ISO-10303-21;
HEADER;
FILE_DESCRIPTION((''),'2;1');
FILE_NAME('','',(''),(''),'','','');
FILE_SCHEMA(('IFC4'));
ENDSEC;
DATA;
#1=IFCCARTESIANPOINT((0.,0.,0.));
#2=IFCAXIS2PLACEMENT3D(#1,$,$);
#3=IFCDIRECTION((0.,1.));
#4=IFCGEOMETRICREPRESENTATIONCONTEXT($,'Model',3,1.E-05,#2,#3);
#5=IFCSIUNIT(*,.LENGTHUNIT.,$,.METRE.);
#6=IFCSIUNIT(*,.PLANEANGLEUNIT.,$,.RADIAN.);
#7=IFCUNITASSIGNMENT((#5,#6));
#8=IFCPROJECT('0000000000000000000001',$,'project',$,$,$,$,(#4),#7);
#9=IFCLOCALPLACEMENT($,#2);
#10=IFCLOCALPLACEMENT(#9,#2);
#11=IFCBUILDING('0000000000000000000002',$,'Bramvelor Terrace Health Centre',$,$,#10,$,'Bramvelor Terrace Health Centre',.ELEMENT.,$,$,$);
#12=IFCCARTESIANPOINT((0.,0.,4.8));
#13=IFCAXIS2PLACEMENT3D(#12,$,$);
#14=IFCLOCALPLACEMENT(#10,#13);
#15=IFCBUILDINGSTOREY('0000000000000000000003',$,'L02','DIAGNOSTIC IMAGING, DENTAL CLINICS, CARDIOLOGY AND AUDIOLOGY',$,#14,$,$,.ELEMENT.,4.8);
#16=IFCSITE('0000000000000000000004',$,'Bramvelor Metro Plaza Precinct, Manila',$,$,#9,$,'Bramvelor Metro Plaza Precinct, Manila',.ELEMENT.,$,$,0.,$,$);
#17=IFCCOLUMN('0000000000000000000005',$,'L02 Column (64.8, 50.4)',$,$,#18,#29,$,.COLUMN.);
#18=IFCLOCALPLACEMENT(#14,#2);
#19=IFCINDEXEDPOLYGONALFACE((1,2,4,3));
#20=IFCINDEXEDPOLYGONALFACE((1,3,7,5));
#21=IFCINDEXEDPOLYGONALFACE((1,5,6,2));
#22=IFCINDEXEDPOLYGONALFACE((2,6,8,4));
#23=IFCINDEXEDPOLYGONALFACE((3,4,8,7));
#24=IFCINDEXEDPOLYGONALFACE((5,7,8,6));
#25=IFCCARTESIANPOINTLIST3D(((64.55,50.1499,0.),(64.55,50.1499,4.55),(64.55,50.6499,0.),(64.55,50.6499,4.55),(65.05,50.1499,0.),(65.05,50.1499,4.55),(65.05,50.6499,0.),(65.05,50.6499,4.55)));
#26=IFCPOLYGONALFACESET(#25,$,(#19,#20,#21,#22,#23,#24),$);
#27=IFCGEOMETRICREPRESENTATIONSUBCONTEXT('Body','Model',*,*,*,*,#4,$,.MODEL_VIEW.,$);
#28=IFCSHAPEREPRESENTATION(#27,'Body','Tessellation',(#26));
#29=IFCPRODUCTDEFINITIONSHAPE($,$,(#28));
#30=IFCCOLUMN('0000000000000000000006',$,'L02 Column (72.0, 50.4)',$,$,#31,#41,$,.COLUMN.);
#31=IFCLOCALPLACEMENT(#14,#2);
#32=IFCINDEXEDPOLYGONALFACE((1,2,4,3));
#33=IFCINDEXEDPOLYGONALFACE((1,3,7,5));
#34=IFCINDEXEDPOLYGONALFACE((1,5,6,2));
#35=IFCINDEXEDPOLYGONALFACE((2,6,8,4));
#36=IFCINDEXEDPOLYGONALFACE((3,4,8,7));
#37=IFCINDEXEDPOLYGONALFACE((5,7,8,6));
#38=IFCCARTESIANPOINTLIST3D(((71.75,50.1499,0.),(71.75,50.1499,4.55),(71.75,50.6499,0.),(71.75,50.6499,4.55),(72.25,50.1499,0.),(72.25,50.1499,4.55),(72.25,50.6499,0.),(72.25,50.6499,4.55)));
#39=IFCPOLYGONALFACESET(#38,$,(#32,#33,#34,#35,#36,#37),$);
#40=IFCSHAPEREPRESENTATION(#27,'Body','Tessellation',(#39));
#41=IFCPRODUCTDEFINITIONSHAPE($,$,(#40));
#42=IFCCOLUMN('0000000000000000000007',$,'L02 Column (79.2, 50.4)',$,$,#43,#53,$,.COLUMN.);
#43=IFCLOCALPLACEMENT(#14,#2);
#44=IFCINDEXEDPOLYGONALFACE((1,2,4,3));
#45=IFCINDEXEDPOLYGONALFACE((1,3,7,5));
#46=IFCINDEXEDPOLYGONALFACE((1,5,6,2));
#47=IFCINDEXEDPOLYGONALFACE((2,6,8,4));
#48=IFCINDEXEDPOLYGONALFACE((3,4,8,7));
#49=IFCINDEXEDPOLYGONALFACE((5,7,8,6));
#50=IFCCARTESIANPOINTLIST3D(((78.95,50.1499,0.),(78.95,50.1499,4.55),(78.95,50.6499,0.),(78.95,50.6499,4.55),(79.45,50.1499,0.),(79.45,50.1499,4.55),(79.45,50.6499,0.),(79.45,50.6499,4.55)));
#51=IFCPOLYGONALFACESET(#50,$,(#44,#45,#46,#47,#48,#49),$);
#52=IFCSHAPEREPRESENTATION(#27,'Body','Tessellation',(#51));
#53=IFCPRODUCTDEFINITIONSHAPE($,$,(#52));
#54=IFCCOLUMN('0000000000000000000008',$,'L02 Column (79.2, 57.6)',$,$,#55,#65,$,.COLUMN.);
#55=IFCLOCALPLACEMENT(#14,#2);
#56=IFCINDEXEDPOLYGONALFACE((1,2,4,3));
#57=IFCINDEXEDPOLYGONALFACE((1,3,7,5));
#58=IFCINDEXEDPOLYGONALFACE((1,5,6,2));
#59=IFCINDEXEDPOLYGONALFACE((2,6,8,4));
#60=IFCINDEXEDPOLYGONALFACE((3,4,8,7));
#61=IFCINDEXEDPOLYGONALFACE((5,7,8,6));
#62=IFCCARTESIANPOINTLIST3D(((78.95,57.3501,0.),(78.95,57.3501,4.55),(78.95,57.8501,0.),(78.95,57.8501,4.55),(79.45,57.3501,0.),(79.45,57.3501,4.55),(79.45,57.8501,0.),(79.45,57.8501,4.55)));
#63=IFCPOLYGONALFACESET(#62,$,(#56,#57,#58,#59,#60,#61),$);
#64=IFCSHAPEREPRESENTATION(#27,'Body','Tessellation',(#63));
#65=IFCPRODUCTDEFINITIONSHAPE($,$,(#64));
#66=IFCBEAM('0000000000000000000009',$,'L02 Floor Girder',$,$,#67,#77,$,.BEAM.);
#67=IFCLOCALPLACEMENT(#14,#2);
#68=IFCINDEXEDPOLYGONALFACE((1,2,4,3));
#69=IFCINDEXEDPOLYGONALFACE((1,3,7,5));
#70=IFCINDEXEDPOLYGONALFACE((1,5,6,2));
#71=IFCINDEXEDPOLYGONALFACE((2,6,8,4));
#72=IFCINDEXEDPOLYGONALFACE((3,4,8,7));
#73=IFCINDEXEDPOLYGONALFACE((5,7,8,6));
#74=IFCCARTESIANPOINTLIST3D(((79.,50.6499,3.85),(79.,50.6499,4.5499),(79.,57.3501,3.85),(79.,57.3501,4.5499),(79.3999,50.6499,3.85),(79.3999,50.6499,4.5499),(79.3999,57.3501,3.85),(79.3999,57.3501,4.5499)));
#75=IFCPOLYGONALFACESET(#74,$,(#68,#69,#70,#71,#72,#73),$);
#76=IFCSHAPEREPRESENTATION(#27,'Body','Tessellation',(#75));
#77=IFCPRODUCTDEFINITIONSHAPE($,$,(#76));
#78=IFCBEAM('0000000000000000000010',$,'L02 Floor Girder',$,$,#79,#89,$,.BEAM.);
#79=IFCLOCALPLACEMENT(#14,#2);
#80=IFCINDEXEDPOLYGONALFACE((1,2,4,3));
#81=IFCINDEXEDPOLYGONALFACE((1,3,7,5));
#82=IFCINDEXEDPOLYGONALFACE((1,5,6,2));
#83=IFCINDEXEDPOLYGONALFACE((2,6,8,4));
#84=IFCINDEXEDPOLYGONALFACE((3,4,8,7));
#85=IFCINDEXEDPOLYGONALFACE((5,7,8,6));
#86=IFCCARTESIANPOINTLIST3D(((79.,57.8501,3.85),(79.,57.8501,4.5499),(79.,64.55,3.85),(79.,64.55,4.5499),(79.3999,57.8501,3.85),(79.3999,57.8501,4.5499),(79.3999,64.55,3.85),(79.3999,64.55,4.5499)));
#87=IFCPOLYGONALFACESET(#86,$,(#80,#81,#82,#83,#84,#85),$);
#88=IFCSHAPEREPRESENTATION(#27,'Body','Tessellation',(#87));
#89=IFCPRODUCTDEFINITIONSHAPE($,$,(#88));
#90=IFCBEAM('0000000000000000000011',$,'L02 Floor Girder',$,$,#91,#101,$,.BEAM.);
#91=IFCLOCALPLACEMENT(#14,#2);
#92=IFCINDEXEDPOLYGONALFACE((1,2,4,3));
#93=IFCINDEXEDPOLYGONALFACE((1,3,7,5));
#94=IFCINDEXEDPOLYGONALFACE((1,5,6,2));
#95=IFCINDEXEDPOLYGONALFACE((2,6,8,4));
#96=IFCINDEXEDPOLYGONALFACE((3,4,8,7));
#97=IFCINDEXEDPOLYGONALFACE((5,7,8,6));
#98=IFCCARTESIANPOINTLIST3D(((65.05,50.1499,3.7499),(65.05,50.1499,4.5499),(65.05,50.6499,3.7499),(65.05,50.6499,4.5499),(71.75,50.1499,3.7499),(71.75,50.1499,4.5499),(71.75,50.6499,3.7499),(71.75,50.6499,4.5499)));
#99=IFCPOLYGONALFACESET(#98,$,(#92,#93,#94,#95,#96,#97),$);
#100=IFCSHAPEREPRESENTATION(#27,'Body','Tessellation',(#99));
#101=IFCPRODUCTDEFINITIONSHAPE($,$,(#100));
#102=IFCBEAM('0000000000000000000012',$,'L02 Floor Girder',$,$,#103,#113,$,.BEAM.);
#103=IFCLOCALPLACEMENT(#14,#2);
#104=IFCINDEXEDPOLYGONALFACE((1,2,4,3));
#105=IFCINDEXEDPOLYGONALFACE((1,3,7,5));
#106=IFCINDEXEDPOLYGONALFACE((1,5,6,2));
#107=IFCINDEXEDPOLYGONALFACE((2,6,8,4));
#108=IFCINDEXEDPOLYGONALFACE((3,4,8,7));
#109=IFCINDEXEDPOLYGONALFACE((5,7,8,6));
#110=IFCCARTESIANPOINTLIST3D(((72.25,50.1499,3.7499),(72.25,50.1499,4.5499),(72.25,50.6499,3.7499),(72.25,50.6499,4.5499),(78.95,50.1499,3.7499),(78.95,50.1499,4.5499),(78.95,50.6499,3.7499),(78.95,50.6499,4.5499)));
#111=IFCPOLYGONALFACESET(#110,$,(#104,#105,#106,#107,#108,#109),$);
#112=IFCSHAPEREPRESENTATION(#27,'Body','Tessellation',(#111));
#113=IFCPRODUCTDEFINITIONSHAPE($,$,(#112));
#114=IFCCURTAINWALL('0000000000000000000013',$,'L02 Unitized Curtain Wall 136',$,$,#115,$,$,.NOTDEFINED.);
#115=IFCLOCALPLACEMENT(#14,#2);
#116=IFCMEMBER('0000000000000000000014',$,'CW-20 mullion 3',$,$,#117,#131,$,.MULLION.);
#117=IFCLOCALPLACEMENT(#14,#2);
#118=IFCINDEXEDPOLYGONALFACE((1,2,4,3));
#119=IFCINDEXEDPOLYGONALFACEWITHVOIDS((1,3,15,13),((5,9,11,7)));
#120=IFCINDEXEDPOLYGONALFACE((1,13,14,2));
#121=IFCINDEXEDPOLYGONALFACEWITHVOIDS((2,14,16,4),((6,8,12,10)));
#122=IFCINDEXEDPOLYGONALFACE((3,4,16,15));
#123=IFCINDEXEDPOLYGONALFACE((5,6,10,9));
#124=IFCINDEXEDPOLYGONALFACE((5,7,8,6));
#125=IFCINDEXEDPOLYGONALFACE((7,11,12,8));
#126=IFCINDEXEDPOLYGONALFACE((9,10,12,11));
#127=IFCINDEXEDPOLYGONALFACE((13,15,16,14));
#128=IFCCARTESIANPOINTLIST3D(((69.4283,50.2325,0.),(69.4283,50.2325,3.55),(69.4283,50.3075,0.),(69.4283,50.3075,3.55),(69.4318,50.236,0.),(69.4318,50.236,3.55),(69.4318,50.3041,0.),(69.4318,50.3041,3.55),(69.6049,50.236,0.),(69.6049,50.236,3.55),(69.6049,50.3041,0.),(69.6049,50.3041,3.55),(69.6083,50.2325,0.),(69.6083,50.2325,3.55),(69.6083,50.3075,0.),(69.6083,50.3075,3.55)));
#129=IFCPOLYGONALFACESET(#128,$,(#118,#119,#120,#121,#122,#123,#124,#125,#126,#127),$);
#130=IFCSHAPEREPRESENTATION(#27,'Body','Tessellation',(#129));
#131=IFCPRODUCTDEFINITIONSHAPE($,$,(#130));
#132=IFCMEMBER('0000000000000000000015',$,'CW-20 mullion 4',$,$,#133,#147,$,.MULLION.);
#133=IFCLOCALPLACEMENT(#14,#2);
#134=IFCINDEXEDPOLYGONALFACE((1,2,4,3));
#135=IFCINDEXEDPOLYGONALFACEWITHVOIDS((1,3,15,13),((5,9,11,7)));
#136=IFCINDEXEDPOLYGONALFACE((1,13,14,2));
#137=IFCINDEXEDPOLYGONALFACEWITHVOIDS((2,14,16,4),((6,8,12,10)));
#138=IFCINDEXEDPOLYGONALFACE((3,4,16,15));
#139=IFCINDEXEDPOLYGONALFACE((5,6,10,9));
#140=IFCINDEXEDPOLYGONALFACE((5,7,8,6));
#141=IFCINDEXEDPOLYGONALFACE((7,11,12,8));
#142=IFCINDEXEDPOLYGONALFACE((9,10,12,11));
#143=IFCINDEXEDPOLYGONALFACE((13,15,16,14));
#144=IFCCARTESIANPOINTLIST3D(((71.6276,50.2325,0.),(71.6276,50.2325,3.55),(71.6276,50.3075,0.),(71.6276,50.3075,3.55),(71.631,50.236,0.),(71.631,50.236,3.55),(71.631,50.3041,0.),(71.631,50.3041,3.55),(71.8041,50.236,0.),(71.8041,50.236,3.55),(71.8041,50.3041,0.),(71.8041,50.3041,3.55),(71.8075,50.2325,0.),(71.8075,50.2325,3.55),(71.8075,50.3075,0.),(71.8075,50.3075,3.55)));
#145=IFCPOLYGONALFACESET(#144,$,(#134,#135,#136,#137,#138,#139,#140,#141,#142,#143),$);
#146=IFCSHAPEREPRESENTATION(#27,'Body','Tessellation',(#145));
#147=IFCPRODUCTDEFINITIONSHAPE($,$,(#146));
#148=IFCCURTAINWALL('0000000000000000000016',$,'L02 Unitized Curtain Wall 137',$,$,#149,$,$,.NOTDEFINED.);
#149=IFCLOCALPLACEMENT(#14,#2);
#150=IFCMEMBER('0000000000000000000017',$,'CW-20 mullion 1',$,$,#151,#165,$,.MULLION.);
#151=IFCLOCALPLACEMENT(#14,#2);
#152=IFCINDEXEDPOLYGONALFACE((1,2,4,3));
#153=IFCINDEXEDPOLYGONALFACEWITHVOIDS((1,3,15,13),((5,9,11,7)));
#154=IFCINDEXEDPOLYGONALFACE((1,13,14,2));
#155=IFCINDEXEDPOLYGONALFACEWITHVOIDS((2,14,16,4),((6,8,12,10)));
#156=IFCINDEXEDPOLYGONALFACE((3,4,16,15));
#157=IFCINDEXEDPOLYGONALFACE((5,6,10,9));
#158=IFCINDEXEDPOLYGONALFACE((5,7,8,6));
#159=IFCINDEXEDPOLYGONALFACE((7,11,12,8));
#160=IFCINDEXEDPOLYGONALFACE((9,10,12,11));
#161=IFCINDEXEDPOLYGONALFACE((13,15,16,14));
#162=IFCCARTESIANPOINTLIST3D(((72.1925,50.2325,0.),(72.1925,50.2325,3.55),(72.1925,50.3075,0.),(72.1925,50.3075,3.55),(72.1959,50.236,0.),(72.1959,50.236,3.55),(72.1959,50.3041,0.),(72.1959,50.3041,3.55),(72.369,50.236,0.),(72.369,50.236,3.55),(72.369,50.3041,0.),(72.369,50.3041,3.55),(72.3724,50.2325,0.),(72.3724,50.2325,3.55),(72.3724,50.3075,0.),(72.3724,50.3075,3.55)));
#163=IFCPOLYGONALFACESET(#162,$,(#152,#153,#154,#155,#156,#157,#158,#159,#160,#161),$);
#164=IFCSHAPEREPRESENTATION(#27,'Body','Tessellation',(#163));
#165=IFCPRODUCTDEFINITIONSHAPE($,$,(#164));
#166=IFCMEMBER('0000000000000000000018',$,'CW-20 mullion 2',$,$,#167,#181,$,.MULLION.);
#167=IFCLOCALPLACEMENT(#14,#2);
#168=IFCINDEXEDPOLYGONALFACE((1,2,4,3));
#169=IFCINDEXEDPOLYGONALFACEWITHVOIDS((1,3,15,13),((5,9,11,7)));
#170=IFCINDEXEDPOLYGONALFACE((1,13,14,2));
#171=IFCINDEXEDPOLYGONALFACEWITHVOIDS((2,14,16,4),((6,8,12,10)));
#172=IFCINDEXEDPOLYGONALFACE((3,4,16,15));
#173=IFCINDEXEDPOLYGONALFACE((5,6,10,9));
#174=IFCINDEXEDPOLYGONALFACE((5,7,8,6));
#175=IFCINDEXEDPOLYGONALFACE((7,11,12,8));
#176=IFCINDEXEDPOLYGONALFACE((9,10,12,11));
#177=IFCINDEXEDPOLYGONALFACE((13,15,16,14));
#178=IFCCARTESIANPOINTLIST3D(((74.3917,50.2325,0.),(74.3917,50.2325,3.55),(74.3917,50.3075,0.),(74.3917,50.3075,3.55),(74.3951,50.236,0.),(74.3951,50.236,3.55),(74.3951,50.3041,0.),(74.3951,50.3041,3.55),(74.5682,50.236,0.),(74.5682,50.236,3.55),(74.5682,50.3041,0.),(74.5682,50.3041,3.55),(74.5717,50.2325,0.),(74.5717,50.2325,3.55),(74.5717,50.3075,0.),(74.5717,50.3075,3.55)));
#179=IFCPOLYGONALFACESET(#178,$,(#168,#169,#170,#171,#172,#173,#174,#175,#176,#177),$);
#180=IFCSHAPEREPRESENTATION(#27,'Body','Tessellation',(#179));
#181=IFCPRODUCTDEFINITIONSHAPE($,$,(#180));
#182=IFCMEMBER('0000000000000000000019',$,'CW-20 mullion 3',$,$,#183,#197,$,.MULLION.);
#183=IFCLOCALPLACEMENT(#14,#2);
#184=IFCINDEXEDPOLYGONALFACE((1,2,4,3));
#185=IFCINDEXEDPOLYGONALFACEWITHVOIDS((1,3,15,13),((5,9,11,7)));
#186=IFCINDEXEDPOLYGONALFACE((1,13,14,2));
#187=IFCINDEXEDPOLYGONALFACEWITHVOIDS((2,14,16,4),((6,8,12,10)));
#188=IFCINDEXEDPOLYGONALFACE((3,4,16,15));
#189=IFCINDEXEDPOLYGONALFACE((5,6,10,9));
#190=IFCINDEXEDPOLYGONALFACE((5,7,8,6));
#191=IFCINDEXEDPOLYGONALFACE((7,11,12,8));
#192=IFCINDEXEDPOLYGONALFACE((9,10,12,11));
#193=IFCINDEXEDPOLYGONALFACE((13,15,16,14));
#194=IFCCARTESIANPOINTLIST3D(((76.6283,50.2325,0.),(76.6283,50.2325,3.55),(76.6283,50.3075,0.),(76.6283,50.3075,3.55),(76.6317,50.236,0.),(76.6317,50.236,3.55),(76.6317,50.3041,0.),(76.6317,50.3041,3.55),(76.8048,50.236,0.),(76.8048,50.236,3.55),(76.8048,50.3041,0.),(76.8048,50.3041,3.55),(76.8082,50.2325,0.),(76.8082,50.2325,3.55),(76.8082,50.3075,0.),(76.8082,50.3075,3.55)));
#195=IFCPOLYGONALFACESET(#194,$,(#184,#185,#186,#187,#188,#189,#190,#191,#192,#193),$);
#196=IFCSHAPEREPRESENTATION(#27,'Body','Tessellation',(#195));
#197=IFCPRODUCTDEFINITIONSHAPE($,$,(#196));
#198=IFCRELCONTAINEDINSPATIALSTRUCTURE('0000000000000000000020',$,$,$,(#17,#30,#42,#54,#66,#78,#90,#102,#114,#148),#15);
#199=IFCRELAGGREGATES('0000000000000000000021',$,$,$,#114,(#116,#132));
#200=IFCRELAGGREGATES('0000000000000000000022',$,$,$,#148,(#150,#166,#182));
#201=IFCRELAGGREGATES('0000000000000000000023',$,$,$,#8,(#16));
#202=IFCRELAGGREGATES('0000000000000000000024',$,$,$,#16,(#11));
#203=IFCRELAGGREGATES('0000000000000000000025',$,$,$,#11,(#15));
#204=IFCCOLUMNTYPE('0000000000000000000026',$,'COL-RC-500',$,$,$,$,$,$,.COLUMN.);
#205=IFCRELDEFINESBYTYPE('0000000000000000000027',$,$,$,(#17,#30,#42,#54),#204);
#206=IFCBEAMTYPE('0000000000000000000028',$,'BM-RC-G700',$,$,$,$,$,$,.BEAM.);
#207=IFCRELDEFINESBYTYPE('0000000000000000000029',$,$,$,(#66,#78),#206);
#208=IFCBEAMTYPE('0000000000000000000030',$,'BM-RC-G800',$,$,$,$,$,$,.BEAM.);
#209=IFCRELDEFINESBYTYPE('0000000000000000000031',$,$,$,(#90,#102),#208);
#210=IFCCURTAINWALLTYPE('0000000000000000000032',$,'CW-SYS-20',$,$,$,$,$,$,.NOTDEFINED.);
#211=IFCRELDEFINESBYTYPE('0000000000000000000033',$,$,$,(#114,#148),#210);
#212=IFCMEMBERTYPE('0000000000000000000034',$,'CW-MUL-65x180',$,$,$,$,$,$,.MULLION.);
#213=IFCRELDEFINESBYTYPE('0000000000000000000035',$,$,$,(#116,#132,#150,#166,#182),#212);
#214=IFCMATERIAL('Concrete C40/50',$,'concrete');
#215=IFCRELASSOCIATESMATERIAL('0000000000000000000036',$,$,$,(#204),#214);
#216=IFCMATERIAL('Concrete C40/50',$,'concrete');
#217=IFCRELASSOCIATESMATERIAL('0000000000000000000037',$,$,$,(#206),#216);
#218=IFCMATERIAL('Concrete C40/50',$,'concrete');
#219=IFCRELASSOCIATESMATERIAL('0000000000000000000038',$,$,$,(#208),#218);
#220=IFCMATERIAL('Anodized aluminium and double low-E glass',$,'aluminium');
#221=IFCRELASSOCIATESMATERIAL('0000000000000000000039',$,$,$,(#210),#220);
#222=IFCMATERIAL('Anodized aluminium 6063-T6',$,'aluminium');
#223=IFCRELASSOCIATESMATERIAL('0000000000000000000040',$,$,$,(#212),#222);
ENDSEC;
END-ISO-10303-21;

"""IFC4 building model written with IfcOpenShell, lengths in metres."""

from ifc_helpers import new_model, si_unit, direction, frame, origin, origin_2d, place, context, subcontext, project, spatial, rectangle, hollow_rectangle, extrude, material, material_profile, profile_set, type_object, element, aggregate, save


model = new_model("IFC4")

# Units and contexts
model_context = context("Model", 3, precision=1e-05, world=origin(), true_north=direction((0.0, 1.0)))
body_context = subcontext(model_context, "Body", "Model", "MODEL_VIEW")
ifc_project = project(units=[si_unit("LENGTHUNIT", "METRE"), si_unit("PLANEANGLEUNIT", "RADIAN")], contexts=[model_context])

# Site, building, storey
site_placement = place(None, origin())
site = spatial("IfcSite", under=ifc_project, at=site_placement, Name="Bramvelor Metro Plaza Precinct, Manila", LongName="Bramvelor Metro Plaza Precinct, Manila", CompositionType="ELEMENT", RefElevation=0.0)
building_placement = place(site_placement, origin())
building = spatial("IfcBuilding", under=site, at=building_placement, Name="Bramvelor Terrace Health Centre", LongName="Bramvelor Terrace Health Centre", CompositionType="ELEMENT")
storey_placement = place(building_placement, frame((0.0, 0.0, 4.8)))
storey = spatial("IfcBuildingStorey", under=building, at=storey_placement, Name="L02", Description="DIAGNOSTIC IMAGING, DENTAL CLINICS, CARDIOLOGY AND AUDIOLOGY", CompositionType="ELEMENT", Elevation=4.8)

# Columns
ifc_material_1 = material(Name="Concrete C40/50", Category="concrete")
ifc_material_profile_1 = material_profile(ifc_material_1, rectangle(XDim=0.5, YDim=0.5, at=origin_2d()), Name="RC 500x500")
ifc_profile_set_1 = profile_set([ifc_material_profile_1], Name="Concrete C40/50")
column_type = type_object("IfcColumnType", Name="COL-RC-500", PredefinedType="COLUMN", material=ifc_profile_set_1)
for number, where, z_axis, x_axis, name in (
    (1, (64.8, 50.3999, 0.0), (0.0, 0.0, 1.0), (1.0, 0.0, 0.0), "L02 Column (64.8, 50.4)"),
    (2, (72.0, 50.3999, 0.0), (0.0, 0.0, 1.0), (1.0, 0.0, 0.0), "L02 Column (72.0, 50.4)"),
    (3, (79.2, 50.3999, 0.0), (0.0, 0.0, 1.0), (1.0, 0.0, 0.0), "L02 Column (79.2, 50.4)"),
    (4, (79.2, 57.6001, 0.0), (0.0, 0.0, 1.0), (1.0, 0.0, 0.0), "L02 Column (79.2, 57.6)"),
):
    element("IfcColumn", number, at=place(storey_placement, frame(where, z_axis=z_axis, x_axis=x_axis)), inside=storey, type_object=column_type, Name=name, PredefinedType="COLUMN", context=body_context, shape_type="SweptSolid", body=[
        extrude(rectangle(XDim=0.5, YDim=0.5, at=origin_2d()), origin(), (0.0, 0.0, 1.0), 4.55),
    ])

# Beams
ifc_material_2 = material(Name="Concrete C40/50", Category="concrete")
ifc_material_profile_2 = material_profile(ifc_material_2, rectangle(XDim=0.3999, YDim=0.7, at=origin_2d()), Name="RC 400x700")
ifc_profile_set_2 = profile_set([ifc_material_profile_2], Name="Concrete C40/50")
beam_type_1 = type_object("IfcBeamType", Name="BM-RC-G700", PredefinedType="BEAM", material=ifc_profile_set_2)
beam_1_placement = place(storey_placement, frame((79.2, 50.6499, 4.2), z_axis=(0.0, 1.0, 0.0), x_axis=(-1.0, 0.0, 0.0)))
element("IfcBeam", 5, at=beam_1_placement, inside=storey, type_object=beam_type_1, Name="L02 Floor Girder", PredefinedType="BEAM", context=body_context, shape_type="SweptSolid", body=[
    extrude(rectangle(XDim=0.3999, YDim=0.7, at=origin_2d()), origin(), (0.0, 0.0, 1.0), 6.7002),
])
beam_2_placement = place(storey_placement, frame((79.2, 57.8501, 4.2), z_axis=(0.0, 1.0, 0.0), x_axis=(-1.0, 0.0, 0.0)))
element("IfcBeam", 6, at=beam_2_placement, inside=storey, type_object=beam_type_1, Name="L02 Floor Girder", PredefinedType="BEAM", context=body_context, shape_type="SweptSolid", body=[
    extrude(rectangle(XDim=0.3999, YDim=0.7, at=origin_2d()), origin(), (0.0, 0.0, 1.0), 6.7),
])
ifc_material_3 = material(Name="Concrete C40/50", Category="concrete")
ifc_material_profile_3 = material_profile(ifc_material_3, rectangle(XDim=0.5, YDim=0.8, at=origin_2d()), Name="RC 500x800")
ifc_profile_set_3 = profile_set([ifc_material_profile_3], Name="Concrete C40/50")
beam_type_2 = type_object("IfcBeamType", Name="BM-RC-G800", PredefinedType="BEAM", material=ifc_profile_set_3)
for number, where, z_axis, x_axis, name in (
    (7, (65.05, 50.3999, 4.1499), (1.0, 0.0, 0.0), (0.0, 1.0, 0.0), "L02 Floor Girder"),
    (8, (72.25, 50.3999, 4.1499), (1.0, 0.0, 0.0), (0.0, 1.0, 0.0), "L02 Floor Girder"),
):
    element("IfcBeam", number, at=place(storey_placement, frame(where, z_axis=z_axis, x_axis=x_axis)), inside=storey, type_object=beam_type_2, Name=name, PredefinedType="BEAM", context=body_context, shape_type="SweptSolid", body=[
        extrude(rectangle(XDim=0.5, YDim=0.8, at=origin_2d()), origin(), (0.0, 0.0, 1.0), 6.7),
    ])

# Curtain walls, members
ifc_material_4 = material(Name="Anodized aluminium and double low-E glass", Category="aluminium")
curtain_wall_type_1 = type_object("IfcCurtainWallType", Name="CW-SYS-20", PredefinedType="NOTDEFINED", material=ifc_material_4)
curtain_wall_1_placement = place(storey_placement, origin())
curtain_wall_1 = element("IfcCurtainWall", 9, at=curtain_wall_1_placement, inside=storey, type_object=curtain_wall_type_1, Name="L02 Unitized Curtain Wall 136", PredefinedType="NOTDEFINED")
ifc_material_5 = material(Name="Anodized aluminium 6063-T6", Category="aluminium")
ifc_material_profile_4 = material_profile(ifc_material_5, hollow_rectangle(XDim=0.075, YDim=0.1799, WallThickness=0.0034, at=origin_2d()), Name="ALU-MUL 75x180x3.5")
ifc_profile_set_4 = profile_set([ifc_material_profile_4], Name="Anodized aluminium 6063-T6")
member_type_1 = type_object("IfcMemberType", Name="CW-MUL-65x180", PredefinedType="MULLION", material=ifc_profile_set_4)
member_1_placement = place(storey_placement, frame((69.5183, 50.27, 0.0), z_axis=(0.0, 0.0, 1.0), x_axis=(0.0, 1.0, 0.0)))
member_1 = element("IfcMember", 10, at=member_1_placement, type_object=member_type_1, Name="CW-20 mullion 3", PredefinedType="MULLION", context=body_context, shape_type="SweptSolid", body=[
    extrude(hollow_rectangle(XDim=0.075, YDim=0.1799, WallThickness=0.0034, at=origin_2d()), origin(), (0.0, 0.0, 1.0), 3.55),
])
member_2_placement = place(storey_placement, frame((71.7175, 50.27, 0.0), z_axis=(0.0, 0.0, 1.0), x_axis=(0.0, 1.0, 0.0)))
member_2 = element("IfcMember", 11, at=member_2_placement, type_object=member_type_1, Name="CW-20 mullion 4", PredefinedType="MULLION", context=body_context, shape_type="SweptSolid", body=[
    extrude(hollow_rectangle(XDim=0.075, YDim=0.1799, WallThickness=0.0034, at=origin_2d()), origin(), (0.0, 0.0, 1.0), 3.55),
])
curtain_wall_2_placement = place(storey_placement, origin())
curtain_wall_2 = element("IfcCurtainWall", 12, at=curtain_wall_2_placement, inside=storey, type_object=curtain_wall_type_1, Name="L02 Unitized Curtain Wall 137", PredefinedType="NOTDEFINED")
member_3_placement = place(storey_placement, frame((72.2825, 50.27, 0.0), z_axis=(0.0, 0.0, 1.0), x_axis=(0.0, 1.0, 0.0)))
member_3 = element("IfcMember", 13, at=member_3_placement, type_object=member_type_1, Name="CW-20 mullion 1", PredefinedType="MULLION", context=body_context, shape_type="SweptSolid", body=[
    extrude(hollow_rectangle(XDim=0.075, YDim=0.1799, WallThickness=0.0034, at=origin_2d()), origin(), (0.0, 0.0, 1.0), 3.55),
])
member_4_placement = place(storey_placement, frame((74.4817, 50.27, 0.0), z_axis=(0.0, 0.0, 1.0), x_axis=(0.0, 1.0, 0.0)))
member_4 = element("IfcMember", 14, at=member_4_placement, type_object=member_type_1, Name="CW-20 mullion 2", PredefinedType="MULLION", context=body_context, shape_type="SweptSolid", body=[
    extrude(hollow_rectangle(XDim=0.075, YDim=0.1799, WallThickness=0.0034, at=origin_2d()), origin(), (0.0, 0.0, 1.0), 3.55),
])
member_5_placement = place(storey_placement, frame((76.7183, 50.27, 0.0), z_axis=(0.0, 0.0, 1.0), x_axis=(0.0, 1.0, 0.0)))
member_5 = element("IfcMember", 15, at=member_5_placement, type_object=member_type_1, Name="CW-20 mullion 3", PredefinedType="MULLION", context=body_context, shape_type="SweptSolid", body=[
    extrude(hollow_rectangle(XDim=0.075, YDim=0.1799, WallThickness=0.0034, at=origin_2d()), origin(), (0.0, 0.0, 1.0), 3.55),
])

aggregate(curtain_wall_1, [member_1, member_2])
aggregate(curtain_wall_2, [member_3, member_4, member_5])

save(model, "model.ifc")
